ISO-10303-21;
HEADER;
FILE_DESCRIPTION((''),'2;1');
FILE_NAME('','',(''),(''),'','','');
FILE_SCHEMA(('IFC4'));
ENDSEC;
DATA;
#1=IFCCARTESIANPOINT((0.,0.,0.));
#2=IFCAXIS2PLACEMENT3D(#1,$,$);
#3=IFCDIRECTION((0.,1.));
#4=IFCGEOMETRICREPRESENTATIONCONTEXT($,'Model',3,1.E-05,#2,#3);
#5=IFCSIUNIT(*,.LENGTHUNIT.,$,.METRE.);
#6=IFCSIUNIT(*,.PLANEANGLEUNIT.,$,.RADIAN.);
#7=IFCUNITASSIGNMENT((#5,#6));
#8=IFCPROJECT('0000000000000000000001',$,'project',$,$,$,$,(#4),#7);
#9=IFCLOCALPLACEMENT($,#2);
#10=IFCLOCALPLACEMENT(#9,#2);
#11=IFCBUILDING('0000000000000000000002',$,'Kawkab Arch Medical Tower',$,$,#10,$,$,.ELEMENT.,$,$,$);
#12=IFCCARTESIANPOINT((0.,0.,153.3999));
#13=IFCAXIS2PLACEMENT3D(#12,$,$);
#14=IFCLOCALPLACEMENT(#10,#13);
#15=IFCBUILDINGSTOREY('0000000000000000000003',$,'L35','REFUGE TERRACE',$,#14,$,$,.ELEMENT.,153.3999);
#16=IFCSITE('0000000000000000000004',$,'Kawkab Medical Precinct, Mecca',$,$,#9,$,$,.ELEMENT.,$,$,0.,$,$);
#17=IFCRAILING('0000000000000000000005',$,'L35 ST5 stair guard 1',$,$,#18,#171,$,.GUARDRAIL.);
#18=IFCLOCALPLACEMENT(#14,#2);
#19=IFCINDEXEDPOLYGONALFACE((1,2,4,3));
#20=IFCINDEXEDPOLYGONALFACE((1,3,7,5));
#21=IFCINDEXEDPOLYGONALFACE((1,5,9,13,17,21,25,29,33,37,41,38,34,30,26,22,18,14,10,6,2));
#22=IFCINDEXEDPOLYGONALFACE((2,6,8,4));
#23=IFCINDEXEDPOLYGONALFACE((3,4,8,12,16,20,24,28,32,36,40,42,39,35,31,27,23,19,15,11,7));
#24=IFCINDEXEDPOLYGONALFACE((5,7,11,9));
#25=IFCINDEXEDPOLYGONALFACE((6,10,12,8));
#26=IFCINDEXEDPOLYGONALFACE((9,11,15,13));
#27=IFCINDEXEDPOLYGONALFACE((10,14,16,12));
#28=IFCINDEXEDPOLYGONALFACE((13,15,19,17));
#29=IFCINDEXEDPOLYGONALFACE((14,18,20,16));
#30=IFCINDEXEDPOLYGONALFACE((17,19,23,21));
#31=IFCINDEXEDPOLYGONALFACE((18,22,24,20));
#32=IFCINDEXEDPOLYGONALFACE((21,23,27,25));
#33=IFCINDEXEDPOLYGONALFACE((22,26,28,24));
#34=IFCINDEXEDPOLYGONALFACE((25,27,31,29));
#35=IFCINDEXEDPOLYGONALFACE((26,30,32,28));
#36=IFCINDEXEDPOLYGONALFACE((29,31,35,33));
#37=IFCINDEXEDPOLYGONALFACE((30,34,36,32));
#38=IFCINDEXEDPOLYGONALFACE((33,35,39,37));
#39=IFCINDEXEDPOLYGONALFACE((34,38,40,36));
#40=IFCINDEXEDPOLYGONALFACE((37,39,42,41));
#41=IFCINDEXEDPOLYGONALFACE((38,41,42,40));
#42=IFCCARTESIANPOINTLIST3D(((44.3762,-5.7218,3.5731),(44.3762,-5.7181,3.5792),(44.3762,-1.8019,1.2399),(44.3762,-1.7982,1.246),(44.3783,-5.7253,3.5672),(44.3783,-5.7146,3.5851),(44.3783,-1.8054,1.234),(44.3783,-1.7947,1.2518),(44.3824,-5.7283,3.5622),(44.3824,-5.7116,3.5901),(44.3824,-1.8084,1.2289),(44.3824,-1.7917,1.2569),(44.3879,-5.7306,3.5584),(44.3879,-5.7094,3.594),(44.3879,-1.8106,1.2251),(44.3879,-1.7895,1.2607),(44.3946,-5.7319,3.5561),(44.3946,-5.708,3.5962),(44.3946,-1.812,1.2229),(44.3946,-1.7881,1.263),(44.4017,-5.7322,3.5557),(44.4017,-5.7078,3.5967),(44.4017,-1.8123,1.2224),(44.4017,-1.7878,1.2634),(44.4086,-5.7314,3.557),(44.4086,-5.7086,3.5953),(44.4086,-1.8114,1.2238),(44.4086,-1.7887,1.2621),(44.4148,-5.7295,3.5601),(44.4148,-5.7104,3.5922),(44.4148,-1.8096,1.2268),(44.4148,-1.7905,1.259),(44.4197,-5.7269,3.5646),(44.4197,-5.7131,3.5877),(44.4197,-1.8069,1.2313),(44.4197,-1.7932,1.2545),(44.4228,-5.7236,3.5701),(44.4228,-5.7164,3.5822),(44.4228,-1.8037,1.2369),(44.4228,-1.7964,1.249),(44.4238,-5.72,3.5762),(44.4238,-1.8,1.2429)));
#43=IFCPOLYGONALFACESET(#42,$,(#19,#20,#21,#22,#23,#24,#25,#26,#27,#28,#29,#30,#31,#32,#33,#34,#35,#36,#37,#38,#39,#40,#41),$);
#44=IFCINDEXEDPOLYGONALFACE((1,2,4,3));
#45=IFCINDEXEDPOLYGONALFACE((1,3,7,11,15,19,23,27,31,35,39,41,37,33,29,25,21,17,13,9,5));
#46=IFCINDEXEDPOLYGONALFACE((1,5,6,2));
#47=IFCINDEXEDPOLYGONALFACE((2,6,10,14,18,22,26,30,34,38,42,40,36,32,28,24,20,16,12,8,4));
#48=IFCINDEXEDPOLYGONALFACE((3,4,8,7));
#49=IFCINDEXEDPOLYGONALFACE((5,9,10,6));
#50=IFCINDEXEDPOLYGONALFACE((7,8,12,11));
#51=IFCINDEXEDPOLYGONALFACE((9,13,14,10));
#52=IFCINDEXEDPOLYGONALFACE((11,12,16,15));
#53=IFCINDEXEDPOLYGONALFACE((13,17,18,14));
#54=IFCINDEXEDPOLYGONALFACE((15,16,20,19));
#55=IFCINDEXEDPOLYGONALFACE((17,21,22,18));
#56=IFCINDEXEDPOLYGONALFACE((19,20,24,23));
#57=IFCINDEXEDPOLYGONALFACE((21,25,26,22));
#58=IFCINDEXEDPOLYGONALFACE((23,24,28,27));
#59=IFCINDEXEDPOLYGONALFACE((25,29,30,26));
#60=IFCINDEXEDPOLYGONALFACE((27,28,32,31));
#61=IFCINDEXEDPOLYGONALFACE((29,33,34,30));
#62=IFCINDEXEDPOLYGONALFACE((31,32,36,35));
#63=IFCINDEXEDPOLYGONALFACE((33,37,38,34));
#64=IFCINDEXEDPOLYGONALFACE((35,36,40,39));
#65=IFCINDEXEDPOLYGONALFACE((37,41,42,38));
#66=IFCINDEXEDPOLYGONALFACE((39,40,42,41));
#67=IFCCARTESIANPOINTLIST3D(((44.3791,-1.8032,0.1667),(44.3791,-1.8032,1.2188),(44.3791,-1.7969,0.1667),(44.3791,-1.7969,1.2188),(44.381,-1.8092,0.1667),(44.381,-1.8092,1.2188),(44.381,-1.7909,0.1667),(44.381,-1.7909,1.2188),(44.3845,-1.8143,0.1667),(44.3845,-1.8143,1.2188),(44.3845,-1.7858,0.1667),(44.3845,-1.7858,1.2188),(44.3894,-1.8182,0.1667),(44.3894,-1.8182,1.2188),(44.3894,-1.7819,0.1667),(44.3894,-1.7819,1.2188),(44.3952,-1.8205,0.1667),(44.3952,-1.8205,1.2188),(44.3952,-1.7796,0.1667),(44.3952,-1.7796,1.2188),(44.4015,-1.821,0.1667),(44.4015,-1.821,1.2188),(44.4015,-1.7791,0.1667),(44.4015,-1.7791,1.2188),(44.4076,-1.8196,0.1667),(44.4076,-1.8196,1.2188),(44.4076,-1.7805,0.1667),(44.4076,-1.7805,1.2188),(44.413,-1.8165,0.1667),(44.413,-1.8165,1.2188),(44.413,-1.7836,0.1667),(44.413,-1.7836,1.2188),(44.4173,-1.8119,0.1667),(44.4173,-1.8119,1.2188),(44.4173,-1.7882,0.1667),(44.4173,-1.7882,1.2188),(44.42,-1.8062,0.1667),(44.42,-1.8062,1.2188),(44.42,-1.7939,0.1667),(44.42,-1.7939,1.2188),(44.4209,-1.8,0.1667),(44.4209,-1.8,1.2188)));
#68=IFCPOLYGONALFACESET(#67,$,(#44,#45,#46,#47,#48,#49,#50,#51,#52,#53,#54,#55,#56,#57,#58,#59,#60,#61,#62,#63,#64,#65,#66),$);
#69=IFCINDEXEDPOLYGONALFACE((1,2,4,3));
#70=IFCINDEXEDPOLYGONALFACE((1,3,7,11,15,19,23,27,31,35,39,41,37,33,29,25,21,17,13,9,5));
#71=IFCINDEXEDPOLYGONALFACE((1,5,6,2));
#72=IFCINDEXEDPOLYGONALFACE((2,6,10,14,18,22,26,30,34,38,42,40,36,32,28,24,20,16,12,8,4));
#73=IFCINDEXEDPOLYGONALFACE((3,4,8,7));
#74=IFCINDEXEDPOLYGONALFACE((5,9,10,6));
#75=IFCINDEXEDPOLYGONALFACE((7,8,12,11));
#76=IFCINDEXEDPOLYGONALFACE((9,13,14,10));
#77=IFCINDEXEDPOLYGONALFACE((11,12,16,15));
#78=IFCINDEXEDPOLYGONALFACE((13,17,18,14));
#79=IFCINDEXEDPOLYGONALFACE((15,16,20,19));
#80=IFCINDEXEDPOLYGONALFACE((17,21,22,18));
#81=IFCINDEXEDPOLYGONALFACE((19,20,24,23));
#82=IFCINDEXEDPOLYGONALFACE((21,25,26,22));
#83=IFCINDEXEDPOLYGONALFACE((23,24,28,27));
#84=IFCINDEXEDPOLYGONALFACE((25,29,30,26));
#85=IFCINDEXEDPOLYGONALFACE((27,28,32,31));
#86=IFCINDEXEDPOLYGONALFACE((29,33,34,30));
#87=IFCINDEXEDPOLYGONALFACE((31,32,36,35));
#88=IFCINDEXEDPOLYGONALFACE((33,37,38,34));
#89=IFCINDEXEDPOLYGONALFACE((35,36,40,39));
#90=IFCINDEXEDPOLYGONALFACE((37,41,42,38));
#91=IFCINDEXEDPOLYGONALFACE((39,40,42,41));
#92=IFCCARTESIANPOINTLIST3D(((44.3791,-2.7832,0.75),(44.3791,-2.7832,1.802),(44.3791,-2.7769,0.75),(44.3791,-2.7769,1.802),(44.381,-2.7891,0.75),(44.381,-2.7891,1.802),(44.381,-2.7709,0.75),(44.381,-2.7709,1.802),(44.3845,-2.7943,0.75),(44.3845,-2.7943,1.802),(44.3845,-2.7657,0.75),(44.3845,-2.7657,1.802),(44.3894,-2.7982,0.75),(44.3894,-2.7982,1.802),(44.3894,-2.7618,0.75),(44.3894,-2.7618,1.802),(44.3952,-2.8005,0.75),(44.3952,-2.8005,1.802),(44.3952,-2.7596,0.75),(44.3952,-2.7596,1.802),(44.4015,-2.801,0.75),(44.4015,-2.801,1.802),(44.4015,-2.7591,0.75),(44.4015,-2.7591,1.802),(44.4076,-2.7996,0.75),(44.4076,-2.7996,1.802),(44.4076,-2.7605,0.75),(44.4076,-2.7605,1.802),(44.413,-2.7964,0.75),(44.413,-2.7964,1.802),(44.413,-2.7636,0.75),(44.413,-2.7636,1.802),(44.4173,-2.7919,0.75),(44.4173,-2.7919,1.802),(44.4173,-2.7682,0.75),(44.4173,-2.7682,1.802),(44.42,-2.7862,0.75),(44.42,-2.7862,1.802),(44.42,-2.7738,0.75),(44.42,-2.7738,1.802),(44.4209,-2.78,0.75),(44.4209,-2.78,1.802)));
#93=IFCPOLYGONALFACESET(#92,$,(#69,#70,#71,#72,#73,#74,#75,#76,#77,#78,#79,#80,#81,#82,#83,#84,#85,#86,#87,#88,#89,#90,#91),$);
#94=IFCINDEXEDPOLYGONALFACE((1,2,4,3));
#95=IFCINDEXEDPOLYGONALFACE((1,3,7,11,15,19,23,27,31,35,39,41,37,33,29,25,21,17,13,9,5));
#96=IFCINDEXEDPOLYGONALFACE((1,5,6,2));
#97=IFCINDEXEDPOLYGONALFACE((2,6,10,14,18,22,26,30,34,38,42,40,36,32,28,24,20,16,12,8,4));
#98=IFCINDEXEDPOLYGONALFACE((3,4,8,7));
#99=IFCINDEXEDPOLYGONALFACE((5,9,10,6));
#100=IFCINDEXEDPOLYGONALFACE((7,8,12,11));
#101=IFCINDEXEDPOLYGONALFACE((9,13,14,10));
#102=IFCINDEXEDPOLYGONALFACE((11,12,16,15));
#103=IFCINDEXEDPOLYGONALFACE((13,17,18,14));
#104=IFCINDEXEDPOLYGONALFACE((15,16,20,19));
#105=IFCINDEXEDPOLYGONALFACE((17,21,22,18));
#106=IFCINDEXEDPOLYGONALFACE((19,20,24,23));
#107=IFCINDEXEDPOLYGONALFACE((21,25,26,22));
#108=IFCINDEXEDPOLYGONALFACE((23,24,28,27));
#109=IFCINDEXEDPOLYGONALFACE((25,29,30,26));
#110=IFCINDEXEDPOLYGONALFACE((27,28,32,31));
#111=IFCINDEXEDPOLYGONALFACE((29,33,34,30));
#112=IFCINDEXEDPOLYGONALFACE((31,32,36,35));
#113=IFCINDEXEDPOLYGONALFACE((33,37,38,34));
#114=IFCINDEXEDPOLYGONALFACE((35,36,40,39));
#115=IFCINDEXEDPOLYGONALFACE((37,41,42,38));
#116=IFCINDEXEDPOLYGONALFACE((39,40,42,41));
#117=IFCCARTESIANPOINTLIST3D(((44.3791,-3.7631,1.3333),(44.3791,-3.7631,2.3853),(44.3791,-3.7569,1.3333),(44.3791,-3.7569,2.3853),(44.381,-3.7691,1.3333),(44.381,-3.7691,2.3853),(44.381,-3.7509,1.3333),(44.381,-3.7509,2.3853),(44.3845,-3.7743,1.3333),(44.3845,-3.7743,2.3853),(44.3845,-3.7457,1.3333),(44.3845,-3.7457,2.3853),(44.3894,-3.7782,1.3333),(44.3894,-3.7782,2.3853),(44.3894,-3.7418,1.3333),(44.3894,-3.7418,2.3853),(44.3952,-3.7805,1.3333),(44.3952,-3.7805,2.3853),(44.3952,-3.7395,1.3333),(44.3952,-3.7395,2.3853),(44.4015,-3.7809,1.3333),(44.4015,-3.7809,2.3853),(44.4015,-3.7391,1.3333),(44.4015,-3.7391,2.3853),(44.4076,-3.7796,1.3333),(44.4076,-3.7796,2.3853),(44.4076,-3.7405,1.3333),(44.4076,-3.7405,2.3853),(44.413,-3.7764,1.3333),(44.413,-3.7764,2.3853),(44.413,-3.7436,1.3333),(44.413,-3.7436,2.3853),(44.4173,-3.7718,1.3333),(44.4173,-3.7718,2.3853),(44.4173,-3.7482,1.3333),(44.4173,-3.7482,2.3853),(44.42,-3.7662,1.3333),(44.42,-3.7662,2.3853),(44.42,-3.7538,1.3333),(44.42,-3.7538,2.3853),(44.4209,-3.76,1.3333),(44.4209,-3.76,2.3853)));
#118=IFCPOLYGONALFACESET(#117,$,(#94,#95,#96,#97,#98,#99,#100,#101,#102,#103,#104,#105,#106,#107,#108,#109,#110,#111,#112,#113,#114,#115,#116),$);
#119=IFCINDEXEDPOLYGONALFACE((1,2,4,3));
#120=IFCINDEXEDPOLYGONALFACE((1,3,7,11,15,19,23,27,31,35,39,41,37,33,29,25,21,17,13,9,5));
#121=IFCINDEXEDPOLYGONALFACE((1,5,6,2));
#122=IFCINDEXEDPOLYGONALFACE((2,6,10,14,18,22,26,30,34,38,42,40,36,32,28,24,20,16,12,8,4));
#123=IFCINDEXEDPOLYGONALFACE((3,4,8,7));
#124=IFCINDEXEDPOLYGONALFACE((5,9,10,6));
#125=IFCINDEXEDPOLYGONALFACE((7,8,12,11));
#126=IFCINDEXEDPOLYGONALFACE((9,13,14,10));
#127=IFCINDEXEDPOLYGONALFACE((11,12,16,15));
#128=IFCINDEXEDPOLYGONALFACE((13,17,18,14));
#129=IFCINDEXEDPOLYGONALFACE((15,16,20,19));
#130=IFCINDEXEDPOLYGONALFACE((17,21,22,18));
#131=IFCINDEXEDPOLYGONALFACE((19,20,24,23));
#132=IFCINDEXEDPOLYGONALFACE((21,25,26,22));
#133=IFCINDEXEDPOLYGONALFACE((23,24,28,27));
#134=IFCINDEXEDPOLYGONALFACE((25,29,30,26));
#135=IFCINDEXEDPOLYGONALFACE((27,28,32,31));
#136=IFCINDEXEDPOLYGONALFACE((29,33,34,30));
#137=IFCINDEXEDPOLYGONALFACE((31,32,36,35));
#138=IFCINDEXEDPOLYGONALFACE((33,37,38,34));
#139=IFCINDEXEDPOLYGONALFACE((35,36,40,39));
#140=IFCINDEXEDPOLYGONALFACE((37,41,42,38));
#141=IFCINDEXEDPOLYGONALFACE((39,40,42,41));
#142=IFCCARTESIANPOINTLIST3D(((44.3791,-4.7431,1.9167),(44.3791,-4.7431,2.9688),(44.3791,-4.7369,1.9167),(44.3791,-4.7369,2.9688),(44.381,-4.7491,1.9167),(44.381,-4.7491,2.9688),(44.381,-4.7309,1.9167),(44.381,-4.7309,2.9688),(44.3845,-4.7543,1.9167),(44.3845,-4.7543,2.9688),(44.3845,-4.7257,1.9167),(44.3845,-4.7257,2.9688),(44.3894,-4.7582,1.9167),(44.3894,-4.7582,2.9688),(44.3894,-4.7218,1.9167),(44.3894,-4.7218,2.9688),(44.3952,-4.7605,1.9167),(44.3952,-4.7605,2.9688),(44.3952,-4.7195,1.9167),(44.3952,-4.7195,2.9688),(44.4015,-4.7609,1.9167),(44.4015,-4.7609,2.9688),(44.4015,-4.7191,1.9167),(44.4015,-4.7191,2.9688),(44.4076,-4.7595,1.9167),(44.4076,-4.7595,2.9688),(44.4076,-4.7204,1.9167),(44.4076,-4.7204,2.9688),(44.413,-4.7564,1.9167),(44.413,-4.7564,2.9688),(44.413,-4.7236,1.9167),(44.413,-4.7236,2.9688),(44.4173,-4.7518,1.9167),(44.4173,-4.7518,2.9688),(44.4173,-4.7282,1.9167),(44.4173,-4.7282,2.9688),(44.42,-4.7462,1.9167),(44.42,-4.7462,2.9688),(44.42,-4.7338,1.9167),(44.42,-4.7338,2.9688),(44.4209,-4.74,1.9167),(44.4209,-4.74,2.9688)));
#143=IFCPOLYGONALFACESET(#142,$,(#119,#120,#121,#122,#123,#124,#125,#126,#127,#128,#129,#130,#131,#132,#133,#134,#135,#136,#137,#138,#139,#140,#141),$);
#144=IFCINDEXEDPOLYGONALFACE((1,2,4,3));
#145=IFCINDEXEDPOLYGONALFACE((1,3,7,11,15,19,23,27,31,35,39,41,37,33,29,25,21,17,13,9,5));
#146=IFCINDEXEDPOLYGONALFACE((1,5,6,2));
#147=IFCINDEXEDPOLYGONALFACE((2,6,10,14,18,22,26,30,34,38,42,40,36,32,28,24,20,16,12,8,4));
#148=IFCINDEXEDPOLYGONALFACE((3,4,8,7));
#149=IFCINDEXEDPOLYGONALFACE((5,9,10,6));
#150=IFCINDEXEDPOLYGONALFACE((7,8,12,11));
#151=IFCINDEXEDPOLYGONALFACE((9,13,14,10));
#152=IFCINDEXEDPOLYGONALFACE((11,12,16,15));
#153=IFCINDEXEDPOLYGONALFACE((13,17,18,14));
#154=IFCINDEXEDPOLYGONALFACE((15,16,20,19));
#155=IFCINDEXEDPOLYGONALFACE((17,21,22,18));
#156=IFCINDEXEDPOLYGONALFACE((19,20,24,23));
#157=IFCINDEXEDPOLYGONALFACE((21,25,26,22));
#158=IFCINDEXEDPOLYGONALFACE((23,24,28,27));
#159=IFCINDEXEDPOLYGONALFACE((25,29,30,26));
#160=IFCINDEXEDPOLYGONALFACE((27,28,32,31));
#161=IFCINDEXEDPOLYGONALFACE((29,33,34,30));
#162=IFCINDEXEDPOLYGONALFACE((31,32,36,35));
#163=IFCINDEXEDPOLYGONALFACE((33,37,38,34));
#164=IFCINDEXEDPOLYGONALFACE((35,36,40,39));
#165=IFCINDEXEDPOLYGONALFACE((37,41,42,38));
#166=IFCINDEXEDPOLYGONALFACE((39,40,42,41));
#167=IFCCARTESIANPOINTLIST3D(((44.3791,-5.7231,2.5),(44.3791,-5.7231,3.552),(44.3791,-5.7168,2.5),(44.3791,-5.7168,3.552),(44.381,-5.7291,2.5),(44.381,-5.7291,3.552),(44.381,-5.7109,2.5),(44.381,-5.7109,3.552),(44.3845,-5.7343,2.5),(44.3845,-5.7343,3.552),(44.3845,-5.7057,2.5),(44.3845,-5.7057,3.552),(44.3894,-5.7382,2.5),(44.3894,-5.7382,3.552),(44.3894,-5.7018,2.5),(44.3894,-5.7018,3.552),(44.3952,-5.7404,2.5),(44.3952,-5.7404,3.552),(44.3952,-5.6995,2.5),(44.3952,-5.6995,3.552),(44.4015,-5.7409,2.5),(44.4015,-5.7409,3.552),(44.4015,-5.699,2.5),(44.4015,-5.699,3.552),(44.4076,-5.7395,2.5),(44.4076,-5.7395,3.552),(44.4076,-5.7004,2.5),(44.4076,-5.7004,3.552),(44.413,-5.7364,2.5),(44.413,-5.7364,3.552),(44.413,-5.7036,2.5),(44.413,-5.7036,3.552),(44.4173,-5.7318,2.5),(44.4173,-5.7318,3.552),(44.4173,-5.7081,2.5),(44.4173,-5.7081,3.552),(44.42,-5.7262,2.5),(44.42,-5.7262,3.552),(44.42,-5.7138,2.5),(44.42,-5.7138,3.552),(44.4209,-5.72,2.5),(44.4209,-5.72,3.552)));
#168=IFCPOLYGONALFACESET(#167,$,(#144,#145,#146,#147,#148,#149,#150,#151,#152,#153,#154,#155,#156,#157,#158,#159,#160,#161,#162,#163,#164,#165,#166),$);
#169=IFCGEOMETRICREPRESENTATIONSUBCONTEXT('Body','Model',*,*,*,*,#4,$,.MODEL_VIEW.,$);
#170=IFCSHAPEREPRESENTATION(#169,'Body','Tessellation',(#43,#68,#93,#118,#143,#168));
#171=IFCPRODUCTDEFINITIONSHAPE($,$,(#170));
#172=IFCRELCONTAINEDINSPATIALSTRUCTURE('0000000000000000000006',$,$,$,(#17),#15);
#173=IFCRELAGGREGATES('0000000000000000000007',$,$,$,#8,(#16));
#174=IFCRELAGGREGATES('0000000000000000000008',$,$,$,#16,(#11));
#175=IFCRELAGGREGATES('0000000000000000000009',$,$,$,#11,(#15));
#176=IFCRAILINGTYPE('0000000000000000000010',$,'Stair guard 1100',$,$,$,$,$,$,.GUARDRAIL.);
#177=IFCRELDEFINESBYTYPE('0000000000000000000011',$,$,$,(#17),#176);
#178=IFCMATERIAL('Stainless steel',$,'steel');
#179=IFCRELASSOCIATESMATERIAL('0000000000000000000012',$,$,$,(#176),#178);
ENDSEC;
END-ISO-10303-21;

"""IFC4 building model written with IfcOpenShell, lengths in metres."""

from ifc_helpers import new_model, si_unit, direction, frame, origin, origin_2d, place, context, subcontext, project, spatial, circle, extrude, material, type_object, element, save


model = new_model("IFC4")

# Units and contexts
model_context = context("Model", 3, precision=1e-05, world=origin(), true_north=direction((0.0, 1.0)))
body_context = subcontext(model_context, "Body", "Model", "MODEL_VIEW")
ifc_project = project(units=[si_unit("LENGTHUNIT", "METRE"), si_unit("PLANEANGLEUNIT", "RADIAN")], contexts=[model_context])

# Site, building, storey
site_placement = place(None, origin())
site = spatial("IfcSite", under=ifc_project, at=site_placement, Name="Kawkab Medical Precinct, Mecca", CompositionType="ELEMENT", RefElevation=0.0)
building_placement = place(site_placement, origin())
building = spatial("IfcBuilding", under=site, at=building_placement, Name="Kawkab Arch Medical Tower", CompositionType="ELEMENT")
storey_placement = place(building_placement, frame((0.0, 0.0, 153.3999)))
storey = spatial("IfcBuildingStorey", under=building, at=storey_placement, Name="L35", Description="REFUGE TERRACE", CompositionType="ELEMENT", Elevation=153.3999)

# Railing
ifc_material_1 = material(Name="Stainless steel", Category="steel")
railing_type_1 = type_object("IfcRailingType", Name="Stair guard 1100", PredefinedType="GUARDRAIL", material=ifc_material_1)
railing_1_placement = place(storey_placement, frame((44.3999, -1.8, 0.1667)))
element("IfcRailing", 1, at=railing_1_placement, inside=storey, type_object=railing_type_1, Name="L35 ST5 stair guard 1", PredefinedType="GUARDRAIL", context=body_context, shape_type="SweptSolid", body=[
    extrude(circle(Radius=0.0239, at=origin_2d()), frame((0.0, 0.0, 1.0762), z_axis=(0.0, -0.859296, 0.511478), x_axis=(1.0, 0.0, 0.0)), (0.0, 0.0, 1.0), 4.5618),
    extrude(circle(Radius=0.021, at=origin_2d()), origin(), (0.0, 0.0, 1.0), 1.052),
    extrude(circle(Radius=0.021, at=origin_2d()), frame((0.0, -0.98, 0.5833)), (0.0, 0.0, 1.0), 1.052),
    extrude(circle(Radius=0.021, at=origin_2d()), frame((0.0, -1.96, 1.1665)), (0.0, 0.0, 1.0), 1.052),
    extrude(circle(Radius=0.021, at=origin_2d()), frame((0.0, -2.9399, 1.75)), (0.0, 0.0, 1.0), 1.052),
    extrude(circle(Radius=0.021, at=origin_2d()), frame((0.0, -3.9199, 2.3333)), (0.0, 0.0, 1.0), 1.052),
])

save(model, "model.ifc")
